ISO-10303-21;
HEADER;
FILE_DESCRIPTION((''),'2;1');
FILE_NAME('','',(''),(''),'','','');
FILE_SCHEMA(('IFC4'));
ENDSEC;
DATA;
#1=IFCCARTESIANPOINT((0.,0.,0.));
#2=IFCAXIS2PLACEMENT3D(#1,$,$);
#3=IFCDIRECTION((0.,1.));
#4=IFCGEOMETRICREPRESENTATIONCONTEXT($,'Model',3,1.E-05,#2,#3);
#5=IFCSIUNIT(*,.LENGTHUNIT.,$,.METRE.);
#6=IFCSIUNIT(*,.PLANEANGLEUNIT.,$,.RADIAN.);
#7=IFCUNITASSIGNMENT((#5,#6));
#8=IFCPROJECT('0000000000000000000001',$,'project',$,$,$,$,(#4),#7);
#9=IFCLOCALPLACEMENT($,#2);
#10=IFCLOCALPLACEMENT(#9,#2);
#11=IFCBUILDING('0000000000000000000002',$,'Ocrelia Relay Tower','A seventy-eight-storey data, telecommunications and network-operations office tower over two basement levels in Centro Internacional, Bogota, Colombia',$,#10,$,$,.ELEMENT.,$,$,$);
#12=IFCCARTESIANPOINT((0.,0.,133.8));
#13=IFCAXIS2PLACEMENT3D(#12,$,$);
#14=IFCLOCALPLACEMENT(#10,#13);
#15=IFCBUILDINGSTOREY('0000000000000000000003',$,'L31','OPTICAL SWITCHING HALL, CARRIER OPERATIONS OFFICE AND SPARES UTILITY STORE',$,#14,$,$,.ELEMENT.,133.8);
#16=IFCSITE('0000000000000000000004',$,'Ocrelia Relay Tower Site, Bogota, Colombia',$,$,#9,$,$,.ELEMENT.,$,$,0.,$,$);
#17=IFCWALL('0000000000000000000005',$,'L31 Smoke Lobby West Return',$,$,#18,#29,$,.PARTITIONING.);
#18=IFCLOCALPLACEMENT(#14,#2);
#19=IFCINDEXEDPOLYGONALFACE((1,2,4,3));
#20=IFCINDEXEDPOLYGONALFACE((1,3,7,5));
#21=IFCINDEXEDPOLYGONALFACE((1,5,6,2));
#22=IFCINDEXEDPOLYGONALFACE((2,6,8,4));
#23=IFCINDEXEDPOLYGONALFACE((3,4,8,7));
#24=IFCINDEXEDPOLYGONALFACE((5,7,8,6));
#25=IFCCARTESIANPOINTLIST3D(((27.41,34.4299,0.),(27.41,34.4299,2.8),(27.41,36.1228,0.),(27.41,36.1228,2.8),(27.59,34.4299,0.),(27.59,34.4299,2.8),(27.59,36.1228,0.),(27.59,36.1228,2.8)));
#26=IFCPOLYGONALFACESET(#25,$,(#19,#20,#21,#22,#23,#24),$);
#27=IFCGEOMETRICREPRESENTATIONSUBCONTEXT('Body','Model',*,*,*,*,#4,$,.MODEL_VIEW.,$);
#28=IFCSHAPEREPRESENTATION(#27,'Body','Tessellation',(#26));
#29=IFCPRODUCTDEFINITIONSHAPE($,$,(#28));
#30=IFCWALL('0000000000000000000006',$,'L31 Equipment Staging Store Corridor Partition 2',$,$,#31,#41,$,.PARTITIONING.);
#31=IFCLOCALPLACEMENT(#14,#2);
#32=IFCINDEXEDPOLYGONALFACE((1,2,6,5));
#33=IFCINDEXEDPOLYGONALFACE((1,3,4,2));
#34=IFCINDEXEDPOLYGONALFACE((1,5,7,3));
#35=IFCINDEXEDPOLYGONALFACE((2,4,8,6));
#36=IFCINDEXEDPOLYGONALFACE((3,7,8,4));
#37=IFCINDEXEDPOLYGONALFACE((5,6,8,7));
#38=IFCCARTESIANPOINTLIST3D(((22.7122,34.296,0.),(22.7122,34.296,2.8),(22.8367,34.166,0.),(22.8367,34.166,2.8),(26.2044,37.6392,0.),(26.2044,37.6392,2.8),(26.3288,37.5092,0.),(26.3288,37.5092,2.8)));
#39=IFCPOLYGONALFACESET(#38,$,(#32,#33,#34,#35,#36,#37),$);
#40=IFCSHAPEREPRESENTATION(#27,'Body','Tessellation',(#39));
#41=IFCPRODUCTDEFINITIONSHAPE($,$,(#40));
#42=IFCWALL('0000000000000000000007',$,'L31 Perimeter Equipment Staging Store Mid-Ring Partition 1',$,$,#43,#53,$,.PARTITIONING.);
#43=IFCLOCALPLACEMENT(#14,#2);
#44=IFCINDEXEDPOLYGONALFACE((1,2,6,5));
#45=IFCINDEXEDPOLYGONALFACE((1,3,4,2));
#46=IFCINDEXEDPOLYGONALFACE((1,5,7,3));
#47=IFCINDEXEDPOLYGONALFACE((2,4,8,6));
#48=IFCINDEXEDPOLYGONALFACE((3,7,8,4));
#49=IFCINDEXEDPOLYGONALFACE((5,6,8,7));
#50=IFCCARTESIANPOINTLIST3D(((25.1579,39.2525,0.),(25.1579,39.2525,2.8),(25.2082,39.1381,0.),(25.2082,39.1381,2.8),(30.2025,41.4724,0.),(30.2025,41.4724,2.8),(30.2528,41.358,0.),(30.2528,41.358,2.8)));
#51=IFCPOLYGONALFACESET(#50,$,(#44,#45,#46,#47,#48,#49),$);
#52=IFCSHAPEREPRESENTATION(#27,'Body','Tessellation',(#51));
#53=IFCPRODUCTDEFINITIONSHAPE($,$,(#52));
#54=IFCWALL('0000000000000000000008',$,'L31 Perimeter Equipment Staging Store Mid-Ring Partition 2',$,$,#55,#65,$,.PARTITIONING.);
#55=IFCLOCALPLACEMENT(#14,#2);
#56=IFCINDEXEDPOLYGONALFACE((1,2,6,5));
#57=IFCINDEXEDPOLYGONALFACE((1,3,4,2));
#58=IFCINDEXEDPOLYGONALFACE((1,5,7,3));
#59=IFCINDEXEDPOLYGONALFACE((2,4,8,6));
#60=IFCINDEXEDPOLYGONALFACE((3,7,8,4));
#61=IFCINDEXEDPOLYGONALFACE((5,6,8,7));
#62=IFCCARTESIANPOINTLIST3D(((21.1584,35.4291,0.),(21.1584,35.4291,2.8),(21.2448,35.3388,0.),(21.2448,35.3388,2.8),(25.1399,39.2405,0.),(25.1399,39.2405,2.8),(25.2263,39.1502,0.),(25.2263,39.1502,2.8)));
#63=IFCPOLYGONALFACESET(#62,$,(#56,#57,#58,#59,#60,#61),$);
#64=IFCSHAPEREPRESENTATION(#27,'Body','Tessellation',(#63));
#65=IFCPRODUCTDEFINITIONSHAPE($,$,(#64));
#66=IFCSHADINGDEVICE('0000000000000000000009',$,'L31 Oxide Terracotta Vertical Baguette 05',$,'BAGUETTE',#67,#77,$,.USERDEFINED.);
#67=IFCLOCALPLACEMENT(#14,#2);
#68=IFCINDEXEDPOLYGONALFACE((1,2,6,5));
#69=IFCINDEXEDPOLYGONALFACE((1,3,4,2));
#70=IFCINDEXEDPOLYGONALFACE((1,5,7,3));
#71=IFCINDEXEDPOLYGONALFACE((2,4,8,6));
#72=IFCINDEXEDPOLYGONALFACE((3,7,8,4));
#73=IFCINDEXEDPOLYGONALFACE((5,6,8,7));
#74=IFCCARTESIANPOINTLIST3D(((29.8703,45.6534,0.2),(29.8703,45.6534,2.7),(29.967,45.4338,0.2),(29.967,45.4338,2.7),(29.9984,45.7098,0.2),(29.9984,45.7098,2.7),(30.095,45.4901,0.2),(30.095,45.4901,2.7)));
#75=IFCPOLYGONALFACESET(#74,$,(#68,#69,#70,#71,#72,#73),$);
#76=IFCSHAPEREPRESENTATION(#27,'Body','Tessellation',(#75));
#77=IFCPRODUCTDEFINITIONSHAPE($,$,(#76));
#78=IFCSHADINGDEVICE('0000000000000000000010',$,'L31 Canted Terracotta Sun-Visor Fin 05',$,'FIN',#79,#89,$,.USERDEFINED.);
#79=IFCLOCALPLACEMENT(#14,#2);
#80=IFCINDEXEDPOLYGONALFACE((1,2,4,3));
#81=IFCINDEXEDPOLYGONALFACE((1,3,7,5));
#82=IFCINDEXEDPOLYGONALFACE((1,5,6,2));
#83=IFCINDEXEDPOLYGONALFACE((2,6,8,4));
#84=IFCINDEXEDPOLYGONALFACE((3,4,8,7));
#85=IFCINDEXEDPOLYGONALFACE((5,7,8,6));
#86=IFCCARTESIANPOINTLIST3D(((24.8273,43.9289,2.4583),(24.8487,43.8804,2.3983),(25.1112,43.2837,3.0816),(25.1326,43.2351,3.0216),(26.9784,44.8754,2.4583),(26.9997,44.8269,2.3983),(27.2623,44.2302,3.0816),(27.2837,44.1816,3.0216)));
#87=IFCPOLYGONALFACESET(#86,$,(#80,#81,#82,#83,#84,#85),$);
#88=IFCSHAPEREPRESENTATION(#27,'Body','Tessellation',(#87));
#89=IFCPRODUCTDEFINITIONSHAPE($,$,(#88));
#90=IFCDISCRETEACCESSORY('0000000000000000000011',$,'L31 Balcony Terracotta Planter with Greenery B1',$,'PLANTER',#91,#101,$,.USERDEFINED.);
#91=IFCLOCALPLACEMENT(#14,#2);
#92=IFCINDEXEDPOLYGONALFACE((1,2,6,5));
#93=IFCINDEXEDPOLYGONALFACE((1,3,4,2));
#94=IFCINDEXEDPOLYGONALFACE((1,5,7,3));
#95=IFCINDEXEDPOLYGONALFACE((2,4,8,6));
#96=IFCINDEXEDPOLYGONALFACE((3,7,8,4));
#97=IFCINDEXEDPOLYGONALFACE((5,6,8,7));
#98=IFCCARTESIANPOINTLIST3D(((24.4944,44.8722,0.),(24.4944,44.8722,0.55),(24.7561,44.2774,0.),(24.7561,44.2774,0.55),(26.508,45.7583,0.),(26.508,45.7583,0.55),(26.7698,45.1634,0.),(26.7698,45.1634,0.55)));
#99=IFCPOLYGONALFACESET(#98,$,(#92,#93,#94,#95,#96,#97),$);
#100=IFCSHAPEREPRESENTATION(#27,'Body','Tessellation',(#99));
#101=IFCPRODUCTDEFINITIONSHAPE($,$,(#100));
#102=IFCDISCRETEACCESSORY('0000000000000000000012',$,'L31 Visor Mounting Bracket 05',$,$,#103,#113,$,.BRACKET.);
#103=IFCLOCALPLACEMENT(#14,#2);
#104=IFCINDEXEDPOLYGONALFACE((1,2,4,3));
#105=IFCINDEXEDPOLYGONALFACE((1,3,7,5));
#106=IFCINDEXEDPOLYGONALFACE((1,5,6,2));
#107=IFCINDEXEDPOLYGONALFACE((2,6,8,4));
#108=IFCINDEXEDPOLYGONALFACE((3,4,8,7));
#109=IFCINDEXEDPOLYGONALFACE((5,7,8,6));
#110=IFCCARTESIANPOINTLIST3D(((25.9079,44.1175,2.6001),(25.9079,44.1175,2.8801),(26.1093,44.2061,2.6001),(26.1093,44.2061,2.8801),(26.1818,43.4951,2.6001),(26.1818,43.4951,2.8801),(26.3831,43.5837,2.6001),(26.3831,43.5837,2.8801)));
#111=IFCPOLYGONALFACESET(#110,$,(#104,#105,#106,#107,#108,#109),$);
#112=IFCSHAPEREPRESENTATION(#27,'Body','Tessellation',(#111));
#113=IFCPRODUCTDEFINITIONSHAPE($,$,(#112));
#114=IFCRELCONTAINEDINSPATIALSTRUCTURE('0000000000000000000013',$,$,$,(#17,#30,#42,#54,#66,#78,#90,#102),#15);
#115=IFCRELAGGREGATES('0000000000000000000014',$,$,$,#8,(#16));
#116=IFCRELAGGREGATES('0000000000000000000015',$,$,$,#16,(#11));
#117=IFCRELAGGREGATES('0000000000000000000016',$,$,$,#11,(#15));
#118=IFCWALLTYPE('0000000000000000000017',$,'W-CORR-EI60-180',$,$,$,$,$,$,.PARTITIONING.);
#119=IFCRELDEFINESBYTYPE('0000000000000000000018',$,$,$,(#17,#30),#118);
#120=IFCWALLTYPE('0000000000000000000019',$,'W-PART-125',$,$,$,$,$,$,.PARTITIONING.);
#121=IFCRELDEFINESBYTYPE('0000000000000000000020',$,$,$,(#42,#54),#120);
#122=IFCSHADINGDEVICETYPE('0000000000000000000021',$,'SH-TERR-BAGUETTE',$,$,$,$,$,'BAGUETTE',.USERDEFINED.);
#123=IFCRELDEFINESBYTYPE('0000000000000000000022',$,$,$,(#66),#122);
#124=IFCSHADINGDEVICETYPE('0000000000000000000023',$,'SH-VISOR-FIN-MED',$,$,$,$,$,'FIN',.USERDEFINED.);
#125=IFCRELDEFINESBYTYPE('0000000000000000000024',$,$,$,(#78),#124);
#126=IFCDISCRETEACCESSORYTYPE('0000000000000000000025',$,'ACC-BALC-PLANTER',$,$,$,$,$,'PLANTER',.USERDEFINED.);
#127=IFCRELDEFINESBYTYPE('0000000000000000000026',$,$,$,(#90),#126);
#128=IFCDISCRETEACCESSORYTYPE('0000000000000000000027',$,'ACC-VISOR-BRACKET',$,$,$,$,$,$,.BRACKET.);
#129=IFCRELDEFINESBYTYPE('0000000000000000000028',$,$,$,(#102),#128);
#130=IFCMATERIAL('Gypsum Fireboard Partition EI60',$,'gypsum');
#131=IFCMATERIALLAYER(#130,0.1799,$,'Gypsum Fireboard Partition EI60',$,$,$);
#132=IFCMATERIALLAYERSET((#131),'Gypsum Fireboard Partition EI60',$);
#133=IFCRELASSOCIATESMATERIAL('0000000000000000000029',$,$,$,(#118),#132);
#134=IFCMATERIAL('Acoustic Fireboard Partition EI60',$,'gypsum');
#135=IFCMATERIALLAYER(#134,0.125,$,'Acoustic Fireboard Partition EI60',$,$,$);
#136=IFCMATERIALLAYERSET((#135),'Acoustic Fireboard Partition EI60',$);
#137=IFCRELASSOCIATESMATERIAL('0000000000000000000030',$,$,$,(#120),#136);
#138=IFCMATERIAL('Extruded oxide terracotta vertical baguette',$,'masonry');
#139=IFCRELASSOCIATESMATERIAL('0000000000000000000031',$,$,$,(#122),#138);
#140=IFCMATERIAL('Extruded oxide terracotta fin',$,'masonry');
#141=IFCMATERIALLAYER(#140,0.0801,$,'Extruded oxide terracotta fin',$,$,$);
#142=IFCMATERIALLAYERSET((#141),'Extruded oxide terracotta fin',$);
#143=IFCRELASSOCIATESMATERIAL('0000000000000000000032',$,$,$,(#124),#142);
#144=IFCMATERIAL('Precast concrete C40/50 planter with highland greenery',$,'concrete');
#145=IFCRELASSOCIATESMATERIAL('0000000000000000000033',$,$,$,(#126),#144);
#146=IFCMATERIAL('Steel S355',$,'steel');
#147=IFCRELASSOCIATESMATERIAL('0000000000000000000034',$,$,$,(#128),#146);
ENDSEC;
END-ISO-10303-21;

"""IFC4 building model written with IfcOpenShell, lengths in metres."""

from ifc_helpers import new_model, si_unit, direction, frame, frame_2d, origin, origin_2d, place, context, subcontext, project, spatial, rectangle, extrude, material, layer, layer_set, type_object, element, save


model = new_model("IFC4")

# Units and contexts
model_context = context("Model", 3, precision=1e-05, world=origin(), true_north=direction((0.0, 1.0)))
body_context = subcontext(model_context, "Body", "Model", "MODEL_VIEW")
ifc_project = project(units=[si_unit("LENGTHUNIT", "METRE"), si_unit("PLANEANGLEUNIT", "RADIAN")], contexts=[model_context])

# Site, building, storey
site_placement = place(None, origin())
site = spatial("IfcSite", under=ifc_project, at=site_placement, Name="Ocrelia Relay Tower Site, Bogota, Colombia", CompositionType="ELEMENT", RefElevation=0.0)
building_placement = place(site_placement, origin())
building = spatial("IfcBuilding", under=site, at=building_placement, Name="Ocrelia Relay Tower", Description="A seventy-eight-storey data, telecommunications and network-operations office tower over two basement levels in Centro Internacional, Bogota, Colombia", CompositionType="ELEMENT")
storey_placement = place(building_placement, frame((0.0, 0.0, 133.8)))
storey = spatial("IfcBuildingStorey", under=building, at=storey_placement, Name="L31", Description="OPTICAL SWITCHING HALL, CARRIER OPERATIONS OFFICE AND SPARES UTILITY STORE", CompositionType="ELEMENT", Elevation=133.8)

# Shared definitions
ifc_material_1 = material(Name="Steel S355", Category="steel")

# Wall
ifc_material_2 = material(Name="Gypsum Fireboard Partition EI60", Category="gypsum")
ifc_layer_1 = layer(ifc_material_2, 0.1799, Name="Gypsum Fireboard Partition EI60")
ifc_layer_set_1 = layer_set([ifc_layer_1], Name="Gypsum Fireboard Partition EI60")
wall_type_1 = type_object("IfcWallType", Name="W-CORR-EI60-180", PredefinedType="PARTITIONING", material=ifc_layer_set_1)
wall_1_placement = place(storey_placement, frame((27.5, 34.4299, 0.0), z_axis=(0.0, 0.0, 1.0), x_axis=(0.0, 1.0, 0.0)))
element("IfcWall", 1, at=wall_1_placement, inside=storey, type_object=wall_type_1, Name="L31 Smoke Lobby West Return", PredefinedType="PARTITIONING", context=body_context, shape_type="SweptSolid", body=[
    extrude(rectangle(XDim=1.6929, YDim=0.1799, at=frame_2d((0.8464, 0.0))), origin(), (0.0, 0.0, 1.0), 2.8),
])

# Wall
wall_2_placement = place(storey_placement, frame((26.2666, 37.5742, 0.0), z_axis=(0.0, 0.0, 1.0), x_axis=(-0.722341, -0.691537, 0.0)))
element("IfcWall", 2, at=wall_2_placement, inside=storey, type_object=wall_type_1, Name="L31 Equipment Staging Store Corridor Partition 2", PredefinedType="PARTITIONING", context=body_context, shape_type="SweptSolid", body=[
    extrude(rectangle(XDim=4.8345, YDim=0.1799, at=frame_2d((2.4172, 0.0))), origin(), (0.0, 0.0, 1.0), 2.8),
])

# Walls
ifc_material_3 = material(Name="Acoustic Fireboard Partition EI60", Category="gypsum")
ifc_layer_2 = layer(ifc_material_3, 0.125, Name="Acoustic Fireboard Partition EI60")
ifc_layer_set_2 = layer_set([ifc_layer_2], Name="Acoustic Fireboard Partition EI60")
wall_type_2 = type_object("IfcWallType", Name="W-PART-125", PredefinedType="PARTITIONING", material=ifc_layer_set_2)
wall_3_placement = place(storey_placement, frame((30.2278, 41.4153, 0.0), z_axis=(0.0, 0.0, 1.0), x_axis=(-0.915294, -0.402786, 0.0)))
element("IfcWall", 3, at=wall_3_placement, inside=storey, type_object=wall_type_2, Name="L31 Perimeter Equipment Staging Store Mid-Ring Partition 1", PredefinedType="PARTITIONING", context=body_context, shape_type="SweptSolid", body=[
    extrude(rectangle(XDim=5.5115, YDim=0.125, at=frame_2d((2.7559, 0.0))), origin(), (0.0, 0.0, 1.0), 2.8),
])
wall_4_placement = place(storey_placement, frame((25.1831, 39.1953, 0.0), z_axis=(0.0, 0.0, 1.0), x_axis=(-0.722375, -0.691501, 0.0)))
element("IfcWall", 4, at=wall_4_placement, inside=storey, type_object=wall_type_2, Name="L31 Perimeter Equipment Staging Store Mid-Ring Partition 2", PredefinedType="PARTITIONING", context=body_context, shape_type="SweptSolid", body=[
    extrude(rectangle(XDim=5.5117, YDim=0.125, at=frame_2d((2.7559, 0.0))), origin(), (0.0, 0.0, 1.0), 2.8),
])

# Shading devices
ifc_material_4 = material(Name="Extruded oxide terracotta vertical baguette", Category="masonry")
shading_device_type_1 = type_object("IfcShadingDeviceType", Name="SH-TERR-BAGUETTE", ElementType="BAGUETTE", PredefinedType="USERDEFINED", material=ifc_material_4)
shading_device_1_placement = place(storey_placement, frame((29.9827, 45.5718, 0.2), z_axis=(0.0, 0.0, 1.0), x_axis=(-0.915312, -0.402745, 0.0)))
element("IfcShadingDevice", 5, at=shading_device_1_placement, inside=storey, type_object=shading_device_type_1, Name="L31 Oxide Terracotta Vertical Baguette 05", ObjectType="BAGUETTE", PredefinedType="USERDEFINED", context=body_context, shape_type="SweptSolid", body=[
    extrude(rectangle(XDim=0.1399, YDim=0.24, at=origin_2d()), origin(), (0.0, 0.0, 1.0), 2.5),
])
ifc_material_5 = material(Name="Extruded oxide terracotta fin", Category="masonry")
ifc_layer_3 = layer(ifc_material_5, 0.0801, Name="Extruded oxide terracotta fin")
ifc_layer_set_3 = layer_set([ifc_layer_3], Name="Extruded oxide terracotta fin")
shading_device_type_2 = type_object("IfcShadingDeviceType", Name="SH-VISOR-FIN-MED", ElementType="FIN", PredefinedType="USERDEFINED", material=ifc_layer_set_3)
shading_device_2_placement = place(storey_placement, frame((26.0662, 44.031, 2.71), z_axis=(-0.266762, 0.606265, 0.749187), x_axis=(-0.915312, -0.402745, 0.0)))
element("IfcShadingDevice", 6, at=shading_device_2_placement, inside=storey, type_object=shading_device_type_2, Name="L31 Canted Terracotta Sun-Visor Fin 05", ObjectType="FIN", PredefinedType="USERDEFINED", context=body_context, shape_type="SweptSolid", body=[
    extrude(rectangle(XDim=2.3501, YDim=0.9409, at=origin_2d()), origin(), (0.0, 0.0, 1.0), 0.0801),
])

# Discrete accessories
ifc_material_6 = material(Name="Precast concrete C40/50 planter with highland greenery", Category="concrete")
discrete_accessory_type_1 = type_object("IfcDiscreteAccessoryType", Name="ACC-BALC-PLANTER", ElementType="PLANTER", PredefinedType="USERDEFINED", material=ifc_material_6)
discrete_accessory_1_placement = place(storey_placement, frame((25.6321, 45.0178, 0.0), z_axis=(0.0, 0.0, 1.0), x_axis=(0.915313, 0.402744, 0.0)))
element("IfcDiscreteAccessory", 7, at=discrete_accessory_1_placement, inside=storey, type_object=discrete_accessory_type_1, Name="L31 Balcony Terracotta Planter with Greenery B1", ObjectType="PLANTER", PredefinedType="USERDEFINED", context=body_context, shape_type="SweptSolid", body=[
    extrude(rectangle(XDim=2.2, YDim=0.6499, at=origin_2d()), origin(), (0.0, 0.0, 1.0), 0.55),
])
discrete_accessory_type_2 = type_object("IfcDiscreteAccessoryType", Name="ACC-VISOR-BRACKET", PredefinedType="BRACKET", material=ifc_material_1)
discrete_accessory_2_placement = place(storey_placement, frame((26.1455, 43.8506, 2.6001), z_axis=(0.0, 0.0, 1.0), x_axis=(-0.915312, -0.402745, 0.0)))
element("IfcDiscreteAccessory", 8, at=discrete_accessory_2_placement, inside=storey, type_object=discrete_accessory_type_2, Name="L31 Visor Mounting Bracket 05", PredefinedType="BRACKET", context=body_context, shape_type="SweptSolid", body=[
    extrude(rectangle(XDim=0.22, YDim=0.6799, at=origin_2d()), origin(), (0.0, 0.0, 1.0), 0.28),
])

save(model, "model.ifc")
